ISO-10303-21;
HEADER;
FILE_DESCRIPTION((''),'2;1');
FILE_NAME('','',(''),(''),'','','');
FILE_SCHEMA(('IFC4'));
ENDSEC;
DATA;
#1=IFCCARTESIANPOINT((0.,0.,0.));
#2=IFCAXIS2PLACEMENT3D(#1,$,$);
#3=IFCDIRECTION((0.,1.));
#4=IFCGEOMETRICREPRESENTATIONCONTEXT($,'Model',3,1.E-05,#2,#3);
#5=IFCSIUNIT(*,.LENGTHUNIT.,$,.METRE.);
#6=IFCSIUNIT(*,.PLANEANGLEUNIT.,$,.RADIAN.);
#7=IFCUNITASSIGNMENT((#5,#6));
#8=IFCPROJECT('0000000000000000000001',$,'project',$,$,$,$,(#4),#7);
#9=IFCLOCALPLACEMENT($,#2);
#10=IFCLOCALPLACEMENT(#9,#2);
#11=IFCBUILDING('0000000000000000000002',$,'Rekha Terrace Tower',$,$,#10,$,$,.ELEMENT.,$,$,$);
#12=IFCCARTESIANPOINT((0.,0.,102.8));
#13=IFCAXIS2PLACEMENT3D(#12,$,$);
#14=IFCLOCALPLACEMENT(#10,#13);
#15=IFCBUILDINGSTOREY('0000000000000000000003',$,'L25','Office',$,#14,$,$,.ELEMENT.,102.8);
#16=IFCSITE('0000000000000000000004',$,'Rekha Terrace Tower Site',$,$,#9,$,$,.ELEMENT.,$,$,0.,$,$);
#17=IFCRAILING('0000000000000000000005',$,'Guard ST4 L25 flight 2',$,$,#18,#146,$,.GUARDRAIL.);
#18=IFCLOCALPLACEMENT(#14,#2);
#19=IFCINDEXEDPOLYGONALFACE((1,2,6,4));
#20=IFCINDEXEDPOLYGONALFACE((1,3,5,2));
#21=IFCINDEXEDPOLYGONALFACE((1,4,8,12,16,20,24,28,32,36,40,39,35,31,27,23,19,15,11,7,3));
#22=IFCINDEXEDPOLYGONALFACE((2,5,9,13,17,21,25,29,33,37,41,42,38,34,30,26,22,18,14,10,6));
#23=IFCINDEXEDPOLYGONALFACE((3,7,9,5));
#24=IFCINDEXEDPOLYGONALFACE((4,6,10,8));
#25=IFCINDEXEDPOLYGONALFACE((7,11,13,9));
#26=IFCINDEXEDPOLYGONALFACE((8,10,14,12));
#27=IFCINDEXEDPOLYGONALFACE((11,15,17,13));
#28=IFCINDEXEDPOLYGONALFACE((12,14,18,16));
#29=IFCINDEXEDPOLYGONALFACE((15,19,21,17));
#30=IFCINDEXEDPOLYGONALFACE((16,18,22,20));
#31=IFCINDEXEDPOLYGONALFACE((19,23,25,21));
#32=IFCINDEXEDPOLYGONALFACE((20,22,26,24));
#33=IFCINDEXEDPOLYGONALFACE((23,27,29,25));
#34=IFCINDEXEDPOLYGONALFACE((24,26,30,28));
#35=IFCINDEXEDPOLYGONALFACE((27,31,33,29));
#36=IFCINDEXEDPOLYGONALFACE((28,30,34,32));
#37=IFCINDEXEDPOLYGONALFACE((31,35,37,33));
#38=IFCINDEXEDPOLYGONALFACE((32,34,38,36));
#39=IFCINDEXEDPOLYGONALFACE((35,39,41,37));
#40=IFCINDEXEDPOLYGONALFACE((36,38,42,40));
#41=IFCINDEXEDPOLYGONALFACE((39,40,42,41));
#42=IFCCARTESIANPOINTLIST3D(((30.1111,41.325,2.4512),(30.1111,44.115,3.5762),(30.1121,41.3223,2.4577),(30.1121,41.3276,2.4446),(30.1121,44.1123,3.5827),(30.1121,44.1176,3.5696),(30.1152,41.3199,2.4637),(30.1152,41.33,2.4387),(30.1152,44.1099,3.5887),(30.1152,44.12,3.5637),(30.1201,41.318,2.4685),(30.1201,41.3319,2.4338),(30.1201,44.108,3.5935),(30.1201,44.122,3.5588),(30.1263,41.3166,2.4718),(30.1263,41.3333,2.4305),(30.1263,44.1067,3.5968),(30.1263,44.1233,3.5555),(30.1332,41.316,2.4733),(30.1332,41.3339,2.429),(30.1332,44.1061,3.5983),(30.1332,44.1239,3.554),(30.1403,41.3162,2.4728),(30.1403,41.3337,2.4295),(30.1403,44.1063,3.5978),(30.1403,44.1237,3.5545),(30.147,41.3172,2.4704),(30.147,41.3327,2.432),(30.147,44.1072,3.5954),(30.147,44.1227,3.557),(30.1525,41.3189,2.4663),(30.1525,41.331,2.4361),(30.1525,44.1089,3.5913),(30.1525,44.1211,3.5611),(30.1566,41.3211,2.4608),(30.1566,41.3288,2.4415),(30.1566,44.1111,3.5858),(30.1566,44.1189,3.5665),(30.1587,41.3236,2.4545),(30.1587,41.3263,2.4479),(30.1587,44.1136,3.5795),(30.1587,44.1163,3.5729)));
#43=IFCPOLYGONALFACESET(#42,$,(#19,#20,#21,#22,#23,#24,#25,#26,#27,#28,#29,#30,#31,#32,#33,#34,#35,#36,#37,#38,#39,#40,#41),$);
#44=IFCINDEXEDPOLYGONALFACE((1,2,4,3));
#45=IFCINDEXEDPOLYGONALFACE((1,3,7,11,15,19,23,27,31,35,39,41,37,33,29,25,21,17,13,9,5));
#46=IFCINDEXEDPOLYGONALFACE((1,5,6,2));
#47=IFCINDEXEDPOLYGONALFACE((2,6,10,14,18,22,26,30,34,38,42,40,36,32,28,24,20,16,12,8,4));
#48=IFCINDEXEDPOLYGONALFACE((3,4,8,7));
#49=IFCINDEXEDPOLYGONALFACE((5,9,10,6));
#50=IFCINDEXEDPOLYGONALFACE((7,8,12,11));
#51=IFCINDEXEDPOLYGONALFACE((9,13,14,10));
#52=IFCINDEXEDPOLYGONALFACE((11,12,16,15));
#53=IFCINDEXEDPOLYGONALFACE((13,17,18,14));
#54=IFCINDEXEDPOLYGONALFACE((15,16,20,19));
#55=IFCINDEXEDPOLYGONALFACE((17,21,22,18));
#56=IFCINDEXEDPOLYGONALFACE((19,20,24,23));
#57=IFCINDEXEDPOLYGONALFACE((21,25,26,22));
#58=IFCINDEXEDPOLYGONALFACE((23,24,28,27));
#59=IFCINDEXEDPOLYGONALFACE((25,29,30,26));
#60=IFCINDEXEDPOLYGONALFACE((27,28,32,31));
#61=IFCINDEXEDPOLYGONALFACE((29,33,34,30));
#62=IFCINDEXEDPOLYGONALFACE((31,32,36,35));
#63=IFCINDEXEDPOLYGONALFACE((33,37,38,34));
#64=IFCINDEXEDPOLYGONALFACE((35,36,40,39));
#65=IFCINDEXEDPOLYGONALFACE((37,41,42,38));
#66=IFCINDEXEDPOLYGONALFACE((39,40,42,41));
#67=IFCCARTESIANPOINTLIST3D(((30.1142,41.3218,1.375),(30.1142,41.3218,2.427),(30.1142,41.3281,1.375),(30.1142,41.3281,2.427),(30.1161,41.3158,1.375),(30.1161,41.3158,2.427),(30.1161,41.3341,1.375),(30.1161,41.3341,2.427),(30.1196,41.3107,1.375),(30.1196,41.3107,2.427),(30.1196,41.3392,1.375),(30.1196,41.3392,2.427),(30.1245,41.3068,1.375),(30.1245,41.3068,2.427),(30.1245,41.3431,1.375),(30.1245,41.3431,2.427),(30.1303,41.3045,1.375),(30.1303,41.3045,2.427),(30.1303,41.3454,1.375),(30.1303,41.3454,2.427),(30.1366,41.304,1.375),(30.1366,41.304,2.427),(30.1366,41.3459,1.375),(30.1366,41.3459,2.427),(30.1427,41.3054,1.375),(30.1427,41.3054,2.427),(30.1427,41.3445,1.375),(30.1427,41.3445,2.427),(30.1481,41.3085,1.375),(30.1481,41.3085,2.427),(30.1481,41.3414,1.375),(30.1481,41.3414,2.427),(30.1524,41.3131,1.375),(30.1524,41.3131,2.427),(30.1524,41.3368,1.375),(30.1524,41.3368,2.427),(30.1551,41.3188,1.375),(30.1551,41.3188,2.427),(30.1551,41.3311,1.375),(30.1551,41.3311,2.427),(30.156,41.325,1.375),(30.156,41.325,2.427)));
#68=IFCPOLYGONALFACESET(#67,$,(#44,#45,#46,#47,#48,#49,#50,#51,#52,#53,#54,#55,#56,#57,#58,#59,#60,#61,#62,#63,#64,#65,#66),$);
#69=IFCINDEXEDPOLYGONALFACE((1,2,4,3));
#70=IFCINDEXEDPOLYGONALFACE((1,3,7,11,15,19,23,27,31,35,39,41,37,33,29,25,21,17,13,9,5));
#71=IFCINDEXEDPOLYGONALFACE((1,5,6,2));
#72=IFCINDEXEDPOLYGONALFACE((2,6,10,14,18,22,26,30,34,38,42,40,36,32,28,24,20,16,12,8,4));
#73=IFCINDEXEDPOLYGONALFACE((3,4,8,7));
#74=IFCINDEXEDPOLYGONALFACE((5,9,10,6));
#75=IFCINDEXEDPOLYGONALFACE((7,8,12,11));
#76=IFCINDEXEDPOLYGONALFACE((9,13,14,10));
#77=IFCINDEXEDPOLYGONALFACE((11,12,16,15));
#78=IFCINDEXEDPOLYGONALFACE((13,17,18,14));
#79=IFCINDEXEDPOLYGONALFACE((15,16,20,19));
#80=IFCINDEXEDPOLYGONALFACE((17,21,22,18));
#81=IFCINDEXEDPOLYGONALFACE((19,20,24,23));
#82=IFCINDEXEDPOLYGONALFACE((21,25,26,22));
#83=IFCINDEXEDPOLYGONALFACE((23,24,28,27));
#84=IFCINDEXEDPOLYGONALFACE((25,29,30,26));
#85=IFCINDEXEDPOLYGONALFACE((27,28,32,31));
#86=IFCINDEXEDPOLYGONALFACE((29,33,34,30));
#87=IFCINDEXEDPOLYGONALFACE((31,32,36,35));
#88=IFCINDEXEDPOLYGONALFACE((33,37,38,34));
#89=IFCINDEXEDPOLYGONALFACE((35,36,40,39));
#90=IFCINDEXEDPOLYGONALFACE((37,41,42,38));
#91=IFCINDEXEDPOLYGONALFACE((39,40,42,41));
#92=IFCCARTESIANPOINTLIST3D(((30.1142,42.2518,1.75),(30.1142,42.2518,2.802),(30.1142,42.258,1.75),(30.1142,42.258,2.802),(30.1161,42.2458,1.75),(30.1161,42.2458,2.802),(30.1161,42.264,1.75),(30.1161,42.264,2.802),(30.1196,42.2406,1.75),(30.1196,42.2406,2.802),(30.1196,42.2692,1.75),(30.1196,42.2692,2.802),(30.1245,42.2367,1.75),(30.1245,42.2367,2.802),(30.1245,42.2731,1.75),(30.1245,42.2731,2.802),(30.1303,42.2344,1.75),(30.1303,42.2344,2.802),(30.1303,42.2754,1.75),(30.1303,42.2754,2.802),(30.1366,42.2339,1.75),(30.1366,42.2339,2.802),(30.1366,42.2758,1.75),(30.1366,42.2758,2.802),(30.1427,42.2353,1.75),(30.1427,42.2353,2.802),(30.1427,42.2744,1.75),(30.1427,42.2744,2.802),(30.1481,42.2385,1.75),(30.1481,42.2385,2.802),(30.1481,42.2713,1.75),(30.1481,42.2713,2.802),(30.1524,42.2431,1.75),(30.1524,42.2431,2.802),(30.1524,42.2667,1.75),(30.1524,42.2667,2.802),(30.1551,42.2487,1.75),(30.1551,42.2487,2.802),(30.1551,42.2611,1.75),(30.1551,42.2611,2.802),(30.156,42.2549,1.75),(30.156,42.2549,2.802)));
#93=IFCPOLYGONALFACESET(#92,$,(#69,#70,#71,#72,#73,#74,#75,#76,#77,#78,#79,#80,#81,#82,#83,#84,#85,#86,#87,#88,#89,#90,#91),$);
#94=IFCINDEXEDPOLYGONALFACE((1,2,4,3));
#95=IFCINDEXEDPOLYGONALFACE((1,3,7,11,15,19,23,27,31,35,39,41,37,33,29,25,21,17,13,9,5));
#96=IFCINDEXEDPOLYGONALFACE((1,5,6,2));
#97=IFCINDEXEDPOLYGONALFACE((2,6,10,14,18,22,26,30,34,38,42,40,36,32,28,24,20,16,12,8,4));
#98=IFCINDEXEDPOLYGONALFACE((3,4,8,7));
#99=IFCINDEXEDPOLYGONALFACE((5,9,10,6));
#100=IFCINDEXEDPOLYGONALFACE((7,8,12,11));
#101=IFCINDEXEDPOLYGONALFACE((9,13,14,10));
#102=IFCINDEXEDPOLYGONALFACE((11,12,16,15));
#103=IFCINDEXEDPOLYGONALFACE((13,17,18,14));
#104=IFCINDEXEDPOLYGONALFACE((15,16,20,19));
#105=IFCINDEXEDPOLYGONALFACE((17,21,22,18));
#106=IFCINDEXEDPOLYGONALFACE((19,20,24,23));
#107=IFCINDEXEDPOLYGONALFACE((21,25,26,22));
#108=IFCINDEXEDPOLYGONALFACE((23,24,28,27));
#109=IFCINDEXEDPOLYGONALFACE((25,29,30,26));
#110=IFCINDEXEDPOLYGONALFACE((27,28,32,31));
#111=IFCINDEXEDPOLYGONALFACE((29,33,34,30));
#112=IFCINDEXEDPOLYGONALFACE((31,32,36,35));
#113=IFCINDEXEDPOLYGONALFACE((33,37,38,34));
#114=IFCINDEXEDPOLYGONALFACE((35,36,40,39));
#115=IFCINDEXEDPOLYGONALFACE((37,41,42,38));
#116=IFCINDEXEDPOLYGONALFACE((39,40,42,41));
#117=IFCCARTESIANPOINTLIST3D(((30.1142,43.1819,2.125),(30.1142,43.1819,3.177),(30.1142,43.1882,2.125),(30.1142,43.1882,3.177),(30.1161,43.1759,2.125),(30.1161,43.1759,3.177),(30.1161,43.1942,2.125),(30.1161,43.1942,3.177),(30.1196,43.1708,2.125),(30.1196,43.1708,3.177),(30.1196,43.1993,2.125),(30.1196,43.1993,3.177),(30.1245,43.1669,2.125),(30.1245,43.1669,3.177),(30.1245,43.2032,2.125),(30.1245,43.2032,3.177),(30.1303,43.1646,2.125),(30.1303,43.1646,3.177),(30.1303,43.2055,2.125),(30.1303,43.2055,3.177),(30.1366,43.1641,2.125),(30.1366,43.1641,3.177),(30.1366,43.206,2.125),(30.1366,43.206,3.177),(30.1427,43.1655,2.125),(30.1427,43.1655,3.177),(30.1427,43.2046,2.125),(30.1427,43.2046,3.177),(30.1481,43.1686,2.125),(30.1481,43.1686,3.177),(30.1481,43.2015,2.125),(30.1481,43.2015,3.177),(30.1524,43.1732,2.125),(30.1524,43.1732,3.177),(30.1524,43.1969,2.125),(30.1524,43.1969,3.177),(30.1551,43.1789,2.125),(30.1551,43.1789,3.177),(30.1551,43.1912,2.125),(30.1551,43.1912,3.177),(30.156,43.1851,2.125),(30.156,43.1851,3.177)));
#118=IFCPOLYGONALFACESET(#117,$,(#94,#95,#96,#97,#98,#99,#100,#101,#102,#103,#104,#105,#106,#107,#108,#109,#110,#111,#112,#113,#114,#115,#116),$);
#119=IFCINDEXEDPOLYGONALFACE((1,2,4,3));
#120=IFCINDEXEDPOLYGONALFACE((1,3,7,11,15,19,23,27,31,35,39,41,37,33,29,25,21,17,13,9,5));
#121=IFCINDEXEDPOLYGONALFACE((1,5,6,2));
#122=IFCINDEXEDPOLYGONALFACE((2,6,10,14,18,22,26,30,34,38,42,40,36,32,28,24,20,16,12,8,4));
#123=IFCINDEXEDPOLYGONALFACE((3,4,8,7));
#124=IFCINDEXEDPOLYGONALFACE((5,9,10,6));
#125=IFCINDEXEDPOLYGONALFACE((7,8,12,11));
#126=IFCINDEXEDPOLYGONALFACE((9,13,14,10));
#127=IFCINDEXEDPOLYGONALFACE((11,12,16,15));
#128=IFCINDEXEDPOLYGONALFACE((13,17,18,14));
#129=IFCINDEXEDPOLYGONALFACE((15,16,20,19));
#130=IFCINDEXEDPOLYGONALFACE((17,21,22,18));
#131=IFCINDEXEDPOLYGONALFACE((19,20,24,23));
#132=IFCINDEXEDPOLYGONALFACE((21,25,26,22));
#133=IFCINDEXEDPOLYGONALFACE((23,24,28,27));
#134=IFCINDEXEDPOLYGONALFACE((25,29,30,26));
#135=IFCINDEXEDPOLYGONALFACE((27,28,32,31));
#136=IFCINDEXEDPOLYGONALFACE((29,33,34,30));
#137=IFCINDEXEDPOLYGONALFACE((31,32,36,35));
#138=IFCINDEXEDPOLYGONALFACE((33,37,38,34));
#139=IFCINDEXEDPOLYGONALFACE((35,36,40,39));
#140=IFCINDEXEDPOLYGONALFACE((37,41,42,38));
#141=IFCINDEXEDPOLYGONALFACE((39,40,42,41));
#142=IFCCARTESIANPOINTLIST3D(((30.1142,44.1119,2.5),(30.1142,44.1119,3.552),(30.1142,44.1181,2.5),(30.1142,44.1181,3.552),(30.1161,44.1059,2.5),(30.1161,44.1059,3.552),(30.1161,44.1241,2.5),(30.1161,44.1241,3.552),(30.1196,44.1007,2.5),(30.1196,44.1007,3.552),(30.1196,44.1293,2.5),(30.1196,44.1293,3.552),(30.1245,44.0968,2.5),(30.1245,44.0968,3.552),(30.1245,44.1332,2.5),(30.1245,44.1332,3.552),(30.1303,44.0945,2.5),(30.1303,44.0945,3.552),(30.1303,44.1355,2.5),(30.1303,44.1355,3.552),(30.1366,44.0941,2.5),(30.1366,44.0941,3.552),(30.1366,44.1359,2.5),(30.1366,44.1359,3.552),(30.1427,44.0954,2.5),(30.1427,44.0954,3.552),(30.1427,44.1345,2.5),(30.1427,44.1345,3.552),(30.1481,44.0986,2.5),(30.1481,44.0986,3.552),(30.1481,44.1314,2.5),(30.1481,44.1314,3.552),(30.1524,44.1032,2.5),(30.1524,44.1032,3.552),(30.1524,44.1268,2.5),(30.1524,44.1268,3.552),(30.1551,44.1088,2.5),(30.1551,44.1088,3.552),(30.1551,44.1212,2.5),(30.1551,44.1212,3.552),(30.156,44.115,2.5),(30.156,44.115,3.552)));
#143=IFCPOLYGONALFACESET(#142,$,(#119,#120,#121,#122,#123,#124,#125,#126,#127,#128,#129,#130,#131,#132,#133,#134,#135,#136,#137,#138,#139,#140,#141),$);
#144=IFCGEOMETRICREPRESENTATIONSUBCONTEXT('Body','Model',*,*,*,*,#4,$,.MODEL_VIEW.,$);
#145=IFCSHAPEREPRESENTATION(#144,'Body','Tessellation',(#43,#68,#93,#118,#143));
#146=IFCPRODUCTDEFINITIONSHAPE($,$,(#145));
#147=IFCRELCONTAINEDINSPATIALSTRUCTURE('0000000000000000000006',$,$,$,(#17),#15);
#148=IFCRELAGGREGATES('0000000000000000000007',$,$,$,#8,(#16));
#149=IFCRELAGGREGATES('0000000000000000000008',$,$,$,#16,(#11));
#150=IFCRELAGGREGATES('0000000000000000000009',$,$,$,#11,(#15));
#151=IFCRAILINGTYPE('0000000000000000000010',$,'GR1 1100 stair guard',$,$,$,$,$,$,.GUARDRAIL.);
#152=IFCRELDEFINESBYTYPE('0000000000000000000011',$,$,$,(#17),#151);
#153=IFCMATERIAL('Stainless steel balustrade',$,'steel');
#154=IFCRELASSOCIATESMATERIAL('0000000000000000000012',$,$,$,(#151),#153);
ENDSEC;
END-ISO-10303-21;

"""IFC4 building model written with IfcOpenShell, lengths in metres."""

from ifc_helpers import new_model, si_unit, direction, frame, origin, origin_2d, place, context, subcontext, project, spatial, circle, extrude, material, type_object, element, save


model = new_model("IFC4")

# Units and contexts
model_context = context("Model", 3, precision=1e-05, world=origin(), true_north=direction((0.0, 1.0)))
body_context = subcontext(model_context, "Body", "Model", "MODEL_VIEW")
ifc_project = project(units=[si_unit("LENGTHUNIT", "METRE"), si_unit("PLANEANGLEUNIT", "RADIAN")], contexts=[model_context])

# Site, building, storey
site_placement = place(None, origin())
site = spatial("IfcSite", under=ifc_project, at=site_placement, Name="Rekha Terrace Tower Site", CompositionType="ELEMENT", RefElevation=0.0)
building_placement = place(site_placement, origin())
building = spatial("IfcBuilding", under=site, at=building_placement, Name="Rekha Terrace Tower", CompositionType="ELEMENT")
storey_placement = place(building_placement, frame((0.0, 0.0, 102.8)))
storey = spatial("IfcBuildingStorey", under=building, at=storey_placement, Name="L25", Description="Office", CompositionType="ELEMENT", Elevation=102.8)

# Railing
ifc_material_1 = material(Name="Stainless steel balustrade", Category="steel")
railing_type_1 = type_object("IfcRailingType", Name="GR1 1100 stair guard", PredefinedType="GUARDRAIL", material=ifc_material_1)
railing_1_placement = place(storey_placement, frame((30.135, 41.325, 1.375)))
element("IfcRailing", 1, at=railing_1_placement, inside=storey, type_object=railing_type_1, Name="Guard ST4 L25 flight 2", PredefinedType="GUARDRAIL", context=body_context, shape_type="SweptSolid", body=[
    extrude(circle(Radius=0.0239, at=origin_2d()), frame((0.0, 0.0, 1.0762), z_axis=(0.0, 0.927443, 0.373964), x_axis=(-1.0, 0.0, 0.0)), (0.0, 0.0, 1.0), 3.0083),
    extrude(circle(Radius=0.021, at=origin_2d()), origin(), (0.0, 0.0, 1.0), 1.052),
    extrude(circle(Radius=0.021, at=origin_2d()), frame((0.0, 0.9299, 0.375)), (0.0, 0.0, 1.0), 1.052),
    extrude(circle(Radius=0.021, at=origin_2d()), frame((0.0, 1.8601, 0.75)), (0.0, 0.0, 1.0), 1.052),
    extrude(circle(Radius=0.021, at=origin_2d()), frame((0.0, 2.79, 1.125)), (0.0, 0.0, 1.0), 1.052),
])

save(model, "model.ifc")
